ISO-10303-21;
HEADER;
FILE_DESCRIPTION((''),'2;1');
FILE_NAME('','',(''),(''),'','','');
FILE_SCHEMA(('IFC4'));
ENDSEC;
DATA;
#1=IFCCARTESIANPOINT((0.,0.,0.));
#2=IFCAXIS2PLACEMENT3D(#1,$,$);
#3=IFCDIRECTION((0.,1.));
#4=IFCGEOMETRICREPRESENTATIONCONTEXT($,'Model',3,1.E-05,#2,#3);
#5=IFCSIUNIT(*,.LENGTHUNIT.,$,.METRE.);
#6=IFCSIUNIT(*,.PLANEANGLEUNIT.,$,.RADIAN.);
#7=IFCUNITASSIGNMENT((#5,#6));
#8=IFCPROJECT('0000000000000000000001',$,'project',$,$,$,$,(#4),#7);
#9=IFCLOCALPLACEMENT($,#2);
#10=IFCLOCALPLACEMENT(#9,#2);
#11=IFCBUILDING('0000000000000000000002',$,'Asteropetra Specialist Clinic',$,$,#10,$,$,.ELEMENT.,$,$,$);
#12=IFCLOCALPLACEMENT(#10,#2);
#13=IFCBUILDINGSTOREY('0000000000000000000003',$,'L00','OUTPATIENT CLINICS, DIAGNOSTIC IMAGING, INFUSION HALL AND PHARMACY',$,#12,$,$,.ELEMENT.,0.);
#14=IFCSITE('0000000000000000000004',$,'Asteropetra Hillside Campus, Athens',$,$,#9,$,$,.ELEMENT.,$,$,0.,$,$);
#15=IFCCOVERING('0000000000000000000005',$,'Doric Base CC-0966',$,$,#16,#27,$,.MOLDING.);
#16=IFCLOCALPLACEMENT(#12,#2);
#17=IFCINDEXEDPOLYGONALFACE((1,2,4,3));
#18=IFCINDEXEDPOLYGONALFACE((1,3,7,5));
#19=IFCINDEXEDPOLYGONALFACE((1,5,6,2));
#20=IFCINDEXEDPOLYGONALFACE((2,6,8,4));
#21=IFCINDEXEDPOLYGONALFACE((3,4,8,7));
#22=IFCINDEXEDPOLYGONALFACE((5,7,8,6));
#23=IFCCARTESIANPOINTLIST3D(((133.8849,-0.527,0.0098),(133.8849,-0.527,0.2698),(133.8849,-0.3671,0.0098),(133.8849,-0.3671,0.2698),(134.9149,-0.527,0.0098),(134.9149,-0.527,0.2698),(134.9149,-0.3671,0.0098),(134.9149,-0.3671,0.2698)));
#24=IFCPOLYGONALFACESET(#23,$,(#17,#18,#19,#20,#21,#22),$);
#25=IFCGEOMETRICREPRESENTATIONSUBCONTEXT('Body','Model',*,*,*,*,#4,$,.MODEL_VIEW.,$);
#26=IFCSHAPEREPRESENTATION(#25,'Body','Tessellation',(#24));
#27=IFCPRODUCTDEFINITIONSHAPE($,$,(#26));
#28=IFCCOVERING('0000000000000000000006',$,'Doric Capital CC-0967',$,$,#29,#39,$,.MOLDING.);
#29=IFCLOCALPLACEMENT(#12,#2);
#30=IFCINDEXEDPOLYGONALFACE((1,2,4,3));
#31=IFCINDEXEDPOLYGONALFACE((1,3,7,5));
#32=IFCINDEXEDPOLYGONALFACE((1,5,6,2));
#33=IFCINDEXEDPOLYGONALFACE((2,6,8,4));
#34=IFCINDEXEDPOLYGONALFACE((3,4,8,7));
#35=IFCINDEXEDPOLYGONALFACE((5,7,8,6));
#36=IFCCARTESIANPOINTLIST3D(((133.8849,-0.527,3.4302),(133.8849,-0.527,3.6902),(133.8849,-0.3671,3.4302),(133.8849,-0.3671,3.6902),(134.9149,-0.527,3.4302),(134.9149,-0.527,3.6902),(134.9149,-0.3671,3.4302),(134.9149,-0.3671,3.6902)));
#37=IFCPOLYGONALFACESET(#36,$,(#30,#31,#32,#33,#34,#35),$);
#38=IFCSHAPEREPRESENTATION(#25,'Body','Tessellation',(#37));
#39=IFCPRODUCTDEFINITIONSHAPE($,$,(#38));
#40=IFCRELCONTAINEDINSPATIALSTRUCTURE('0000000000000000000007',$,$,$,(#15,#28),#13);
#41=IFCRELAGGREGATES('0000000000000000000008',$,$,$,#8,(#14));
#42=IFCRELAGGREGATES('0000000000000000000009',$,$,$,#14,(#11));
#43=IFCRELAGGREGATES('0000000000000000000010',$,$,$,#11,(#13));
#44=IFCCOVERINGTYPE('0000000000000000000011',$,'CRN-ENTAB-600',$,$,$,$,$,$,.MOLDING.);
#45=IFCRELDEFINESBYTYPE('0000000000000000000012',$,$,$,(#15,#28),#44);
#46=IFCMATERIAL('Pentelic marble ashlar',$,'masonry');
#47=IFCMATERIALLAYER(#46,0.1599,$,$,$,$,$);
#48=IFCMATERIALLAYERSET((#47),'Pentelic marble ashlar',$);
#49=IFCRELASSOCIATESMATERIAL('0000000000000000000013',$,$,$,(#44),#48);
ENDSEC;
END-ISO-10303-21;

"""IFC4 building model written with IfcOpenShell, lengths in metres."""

from ifc_helpers import new_model, si_unit, direction, frame, origin, origin_2d, place, context, subcontext, project, spatial, rectangle, extrude, material, layer, layer_set, type_object, element, save


model = new_model("IFC4")

# Units and contexts
model_context = context("Model", 3, precision=1e-05, world=origin(), true_north=direction((0.0, 1.0)))
body_context = subcontext(model_context, "Body", "Model", "MODEL_VIEW")
ifc_project = project(units=[si_unit("LENGTHUNIT", "METRE"), si_unit("PLANEANGLEUNIT", "RADIAN")], contexts=[model_context])

# Site, building, storey
site_placement = place(None, origin())
site = spatial("IfcSite", under=ifc_project, at=site_placement, Name="Asteropetra Hillside Campus, Athens", CompositionType="ELEMENT", RefElevation=0.0)
building_placement = place(site_placement, origin())
building = spatial("IfcBuilding", under=site, at=building_placement, Name="Asteropetra Specialist Clinic", CompositionType="ELEMENT")
storey_placement = place(building_placement, origin())
storey = spatial("IfcBuildingStorey", under=building, at=storey_placement, Name="L00", Description="OUTPATIENT CLINICS, DIAGNOSTIC IMAGING, INFUSION HALL AND PHARMACY", CompositionType="ELEMENT", Elevation=0.0)

# Coverings
ifc_material_1 = material(Name="Pentelic marble ashlar", Category="masonry")
ifc_layer_1 = layer(ifc_material_1, 0.1599)
ifc_layer_set_1 = layer_set([ifc_layer_1], Name="Pentelic marble ashlar")
covering_type = type_object("IfcCoveringType", Name="CRN-ENTAB-600", PredefinedType="MOLDING", material=ifc_layer_set_1)
for number, where, z_axis, x_axis, name in (
    (1, (134.3999, -0.447, 0.0098), (0.0, 0.0, 1.0), (1.0, 0.0, 0.0), "Doric Base CC-0966"),
    (2, (134.3999, -0.447, 3.4302), (0.0, 0.0, 1.0), (1.0, 0.0, 0.0), "Doric Capital CC-0967"),
):
    element("IfcCovering", number, at=place(storey_placement, frame(where, z_axis=z_axis, x_axis=x_axis)), inside=storey, type_object=covering_type, Name=name, PredefinedType="MOLDING", context=body_context, shape_type="SweptSolid", body=[
        extrude(rectangle(XDim=1.03, YDim=0.1599, at=origin_2d()), origin(), (0.0, 0.0, 1.0), 0.26),
    ])

save(model, "model.ifc")
